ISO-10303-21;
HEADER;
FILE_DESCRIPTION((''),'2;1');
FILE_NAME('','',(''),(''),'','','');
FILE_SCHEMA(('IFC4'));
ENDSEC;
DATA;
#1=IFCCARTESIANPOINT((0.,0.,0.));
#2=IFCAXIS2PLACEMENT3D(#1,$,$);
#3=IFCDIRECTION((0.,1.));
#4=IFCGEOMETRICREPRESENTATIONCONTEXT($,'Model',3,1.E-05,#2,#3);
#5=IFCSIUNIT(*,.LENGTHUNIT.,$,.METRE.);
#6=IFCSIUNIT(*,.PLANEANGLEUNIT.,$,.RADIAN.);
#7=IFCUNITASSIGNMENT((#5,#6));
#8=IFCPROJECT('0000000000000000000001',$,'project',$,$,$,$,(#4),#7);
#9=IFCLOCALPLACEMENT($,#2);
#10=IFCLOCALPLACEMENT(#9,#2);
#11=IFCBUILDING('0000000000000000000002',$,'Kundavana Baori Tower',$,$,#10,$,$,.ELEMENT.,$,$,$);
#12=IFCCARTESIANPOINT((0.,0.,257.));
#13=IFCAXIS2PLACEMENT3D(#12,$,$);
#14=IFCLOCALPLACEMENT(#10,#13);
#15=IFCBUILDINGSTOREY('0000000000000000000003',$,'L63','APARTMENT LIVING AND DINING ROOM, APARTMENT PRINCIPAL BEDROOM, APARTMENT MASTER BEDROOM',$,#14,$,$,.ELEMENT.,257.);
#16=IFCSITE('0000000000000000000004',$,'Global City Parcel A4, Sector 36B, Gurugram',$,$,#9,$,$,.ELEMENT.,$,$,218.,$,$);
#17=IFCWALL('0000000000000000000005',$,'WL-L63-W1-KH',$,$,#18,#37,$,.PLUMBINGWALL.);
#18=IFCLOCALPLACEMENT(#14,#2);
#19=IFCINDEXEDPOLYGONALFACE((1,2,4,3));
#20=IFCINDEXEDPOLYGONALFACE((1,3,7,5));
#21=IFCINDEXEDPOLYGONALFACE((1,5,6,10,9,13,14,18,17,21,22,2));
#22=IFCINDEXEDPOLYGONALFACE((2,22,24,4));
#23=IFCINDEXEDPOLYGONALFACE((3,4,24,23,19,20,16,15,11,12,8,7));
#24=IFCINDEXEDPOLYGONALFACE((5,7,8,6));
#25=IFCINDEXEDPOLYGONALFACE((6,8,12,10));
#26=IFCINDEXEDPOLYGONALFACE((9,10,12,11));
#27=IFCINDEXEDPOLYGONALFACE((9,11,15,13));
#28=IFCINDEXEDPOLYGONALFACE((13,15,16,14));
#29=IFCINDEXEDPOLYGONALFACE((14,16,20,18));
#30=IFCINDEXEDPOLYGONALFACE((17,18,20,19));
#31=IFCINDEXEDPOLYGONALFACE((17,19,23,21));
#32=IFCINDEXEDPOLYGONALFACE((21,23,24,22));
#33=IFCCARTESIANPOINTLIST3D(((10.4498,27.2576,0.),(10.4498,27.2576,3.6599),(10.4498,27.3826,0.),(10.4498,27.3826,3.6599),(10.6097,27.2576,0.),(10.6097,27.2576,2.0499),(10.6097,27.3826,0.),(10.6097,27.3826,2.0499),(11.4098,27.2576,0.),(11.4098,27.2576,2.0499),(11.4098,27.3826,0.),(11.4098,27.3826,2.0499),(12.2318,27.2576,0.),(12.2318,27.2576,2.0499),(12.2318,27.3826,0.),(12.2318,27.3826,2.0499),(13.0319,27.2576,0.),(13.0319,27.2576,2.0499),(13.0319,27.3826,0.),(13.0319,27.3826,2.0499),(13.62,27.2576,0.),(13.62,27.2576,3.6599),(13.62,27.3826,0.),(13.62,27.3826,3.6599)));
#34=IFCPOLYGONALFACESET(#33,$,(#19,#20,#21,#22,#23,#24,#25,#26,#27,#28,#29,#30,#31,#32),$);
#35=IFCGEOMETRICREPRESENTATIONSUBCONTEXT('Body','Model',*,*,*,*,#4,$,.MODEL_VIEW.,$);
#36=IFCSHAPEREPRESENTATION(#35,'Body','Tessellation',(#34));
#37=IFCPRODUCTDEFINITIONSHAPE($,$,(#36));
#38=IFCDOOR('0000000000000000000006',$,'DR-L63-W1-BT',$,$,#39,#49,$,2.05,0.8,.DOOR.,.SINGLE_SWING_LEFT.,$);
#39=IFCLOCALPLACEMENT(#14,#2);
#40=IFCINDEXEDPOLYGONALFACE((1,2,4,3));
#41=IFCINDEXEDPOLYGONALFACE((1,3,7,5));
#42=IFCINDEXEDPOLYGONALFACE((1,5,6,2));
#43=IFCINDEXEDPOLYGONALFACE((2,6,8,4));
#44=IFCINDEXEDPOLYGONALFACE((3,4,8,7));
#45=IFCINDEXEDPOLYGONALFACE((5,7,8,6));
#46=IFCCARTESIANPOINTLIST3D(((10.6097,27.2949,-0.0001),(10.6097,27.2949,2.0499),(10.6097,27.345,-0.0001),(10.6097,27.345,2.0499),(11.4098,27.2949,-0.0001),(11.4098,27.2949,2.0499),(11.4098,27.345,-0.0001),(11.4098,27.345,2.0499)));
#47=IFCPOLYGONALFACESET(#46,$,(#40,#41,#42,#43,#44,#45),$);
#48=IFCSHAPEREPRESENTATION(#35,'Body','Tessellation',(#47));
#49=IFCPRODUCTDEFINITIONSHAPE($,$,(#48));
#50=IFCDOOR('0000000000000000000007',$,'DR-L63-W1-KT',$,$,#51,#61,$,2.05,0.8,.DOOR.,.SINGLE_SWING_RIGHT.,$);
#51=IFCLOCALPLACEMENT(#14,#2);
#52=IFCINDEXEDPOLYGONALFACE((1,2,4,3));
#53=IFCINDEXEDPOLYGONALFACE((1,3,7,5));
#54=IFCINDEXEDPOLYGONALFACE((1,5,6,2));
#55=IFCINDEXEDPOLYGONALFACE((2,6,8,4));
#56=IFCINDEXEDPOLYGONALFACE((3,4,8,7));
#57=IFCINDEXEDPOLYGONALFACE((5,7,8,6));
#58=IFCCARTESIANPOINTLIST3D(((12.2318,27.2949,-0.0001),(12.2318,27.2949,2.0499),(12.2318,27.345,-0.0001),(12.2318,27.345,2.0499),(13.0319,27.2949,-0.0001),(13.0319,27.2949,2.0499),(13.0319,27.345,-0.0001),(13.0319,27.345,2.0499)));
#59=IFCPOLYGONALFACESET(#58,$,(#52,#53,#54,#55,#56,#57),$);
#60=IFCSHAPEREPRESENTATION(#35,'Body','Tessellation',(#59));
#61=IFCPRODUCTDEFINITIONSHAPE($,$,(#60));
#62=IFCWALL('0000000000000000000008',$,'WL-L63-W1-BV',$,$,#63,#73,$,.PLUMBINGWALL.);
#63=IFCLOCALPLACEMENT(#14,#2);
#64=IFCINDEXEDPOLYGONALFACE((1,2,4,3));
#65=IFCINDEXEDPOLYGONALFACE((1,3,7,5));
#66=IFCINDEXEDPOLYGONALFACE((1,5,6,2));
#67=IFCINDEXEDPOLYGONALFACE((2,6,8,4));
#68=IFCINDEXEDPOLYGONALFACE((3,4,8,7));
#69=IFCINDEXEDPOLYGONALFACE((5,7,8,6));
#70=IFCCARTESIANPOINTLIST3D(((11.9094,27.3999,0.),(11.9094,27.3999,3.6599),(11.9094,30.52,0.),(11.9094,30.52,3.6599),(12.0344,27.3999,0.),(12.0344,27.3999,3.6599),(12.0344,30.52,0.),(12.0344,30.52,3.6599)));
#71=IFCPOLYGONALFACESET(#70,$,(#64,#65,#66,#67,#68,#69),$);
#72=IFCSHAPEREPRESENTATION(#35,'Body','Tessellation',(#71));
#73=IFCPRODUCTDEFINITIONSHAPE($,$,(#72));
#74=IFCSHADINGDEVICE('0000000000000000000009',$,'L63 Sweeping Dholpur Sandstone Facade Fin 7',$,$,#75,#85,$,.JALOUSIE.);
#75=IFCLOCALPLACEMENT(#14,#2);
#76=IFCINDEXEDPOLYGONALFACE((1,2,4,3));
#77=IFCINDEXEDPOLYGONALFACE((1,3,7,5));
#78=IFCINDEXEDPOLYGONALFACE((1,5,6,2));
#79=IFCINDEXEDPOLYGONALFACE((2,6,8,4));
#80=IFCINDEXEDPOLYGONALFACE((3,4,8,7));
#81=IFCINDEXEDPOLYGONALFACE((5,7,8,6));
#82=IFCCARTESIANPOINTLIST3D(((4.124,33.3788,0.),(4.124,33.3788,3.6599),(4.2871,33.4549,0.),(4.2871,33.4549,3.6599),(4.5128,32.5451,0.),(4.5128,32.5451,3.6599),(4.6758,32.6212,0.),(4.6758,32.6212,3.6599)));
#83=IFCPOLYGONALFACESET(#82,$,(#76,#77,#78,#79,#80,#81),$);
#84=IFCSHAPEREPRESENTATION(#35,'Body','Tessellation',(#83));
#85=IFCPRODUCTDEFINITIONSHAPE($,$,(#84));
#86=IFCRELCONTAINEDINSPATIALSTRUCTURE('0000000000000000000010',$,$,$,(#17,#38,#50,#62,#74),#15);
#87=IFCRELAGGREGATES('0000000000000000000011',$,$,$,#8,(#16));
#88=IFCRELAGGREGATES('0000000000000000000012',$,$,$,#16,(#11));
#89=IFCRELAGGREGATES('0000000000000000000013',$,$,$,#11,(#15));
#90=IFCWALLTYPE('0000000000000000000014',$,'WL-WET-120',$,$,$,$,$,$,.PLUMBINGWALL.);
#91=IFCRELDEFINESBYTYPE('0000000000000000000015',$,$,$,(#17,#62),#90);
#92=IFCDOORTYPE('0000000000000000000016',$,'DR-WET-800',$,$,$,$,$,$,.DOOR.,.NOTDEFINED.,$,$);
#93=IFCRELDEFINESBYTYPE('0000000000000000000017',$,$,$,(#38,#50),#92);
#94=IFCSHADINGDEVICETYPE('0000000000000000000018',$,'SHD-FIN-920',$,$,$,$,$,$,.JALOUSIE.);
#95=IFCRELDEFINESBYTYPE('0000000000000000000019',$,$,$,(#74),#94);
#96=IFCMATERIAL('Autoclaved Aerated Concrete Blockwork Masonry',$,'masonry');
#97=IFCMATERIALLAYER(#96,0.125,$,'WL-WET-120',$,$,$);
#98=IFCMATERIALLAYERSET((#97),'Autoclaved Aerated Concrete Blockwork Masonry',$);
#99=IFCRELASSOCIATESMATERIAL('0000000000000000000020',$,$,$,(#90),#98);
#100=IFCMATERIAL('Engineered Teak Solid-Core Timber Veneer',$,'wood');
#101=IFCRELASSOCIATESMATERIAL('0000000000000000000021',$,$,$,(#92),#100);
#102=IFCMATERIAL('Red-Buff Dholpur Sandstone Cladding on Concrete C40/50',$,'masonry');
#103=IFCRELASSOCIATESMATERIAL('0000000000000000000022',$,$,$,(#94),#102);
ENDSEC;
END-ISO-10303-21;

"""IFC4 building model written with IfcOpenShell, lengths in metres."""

from ifc_helpers import new_model, si_unit, direction, frame, frame_2d, origin, origin_2d, place, context, subcontext, project, spatial, rectangle, extrude, material, layer, layer_set, type_object, element, fill, save


model = new_model("IFC4")

# Units and contexts
model_context = context("Model", 3, precision=1e-05, world=origin(), true_north=direction((0.0, 1.0)))
body_context = subcontext(model_context, "Body", "Model", "MODEL_VIEW")
ifc_project = project(units=[si_unit("LENGTHUNIT", "METRE"), si_unit("PLANEANGLEUNIT", "RADIAN")], contexts=[model_context])

# Site, building, storey
site_placement = place(None, origin())
site = spatial("IfcSite", under=ifc_project, at=site_placement, Name="Global City Parcel A4, Sector 36B, Gurugram", CompositionType="ELEMENT", RefElevation=218.0)
building_placement = place(site_placement, origin())
building = spatial("IfcBuilding", under=site, at=building_placement, Name="Kundavana Baori Tower", CompositionType="ELEMENT")
storey_placement = place(building_placement, frame((0.0, 0.0, 257.0)))
storey = spatial("IfcBuildingStorey", under=building, at=storey_placement, Name="L63", Description="APARTMENT LIVING AND DINING ROOM, APARTMENT PRINCIPAL BEDROOM, APARTMENT MASTER BEDROOM", CompositionType="ELEMENT", Elevation=257.0)

# Wall, openings, doors
ifc_material_1 = material(Name="Autoclaved Aerated Concrete Blockwork Masonry", Category="masonry")
ifc_layer_1 = layer(ifc_material_1, 0.125, Name="WL-WET-120")
ifc_layer_set_1 = layer_set([ifc_layer_1], Name="Autoclaved Aerated Concrete Blockwork Masonry")
wall_type_1 = type_object("IfcWallType", Name="WL-WET-120", PredefinedType="PLUMBINGWALL", material=ifc_layer_set_1)
wall_1_placement = place(storey_placement, frame((10.45, 27.3201, 0.0), z_axis=(0.0, 0.0, 1.0), x_axis=(1.0, 0.0, 0.0)))
wall_1 = element("IfcWall", 1, at=wall_1_placement, inside=storey, type_object=wall_type_1, Name="WL-L63-W1-KH", PredefinedType="PLUMBINGWALL", context=body_context, shape_type="SweptSolid", body=[
    extrude(rectangle(XDim=3.1702, YDim=0.125, at=frame_2d((1.585, 0.0))), origin(), (0.0, 0.0, 1.0), 3.6599),
])
opening_1_placement = place(wall_1_placement, frame((0.1599, 0.0, 0.0)))
opening_1 = element("IfcOpeningElement", 2, at=opening_1_placement, cuts=wall_1, PredefinedType="OPENING", context=body_context, shape_type="SweptSolid", body=[
    extrude(rectangle(XDim=0.8, YDim=2.05, at=frame_2d((0.3999, 1.0249))), frame((0.0, 0.0725, 0.0), z_axis=(0.0, -1.0, 0.0), x_axis=(1.0, 0.0, 0.0)), (0.0, 0.0, 1.0), 0.145),
])
opening_2_placement = place(wall_1_placement, frame((1.782, 0.0, 0.0)))
opening_2 = element("IfcOpeningElement", 3, at=opening_2_placement, cuts=wall_1, PredefinedType="OPENING", context=body_context, shape_type="SweptSolid", body=[
    extrude(rectangle(XDim=0.8, YDim=2.05, at=frame_2d((0.3999, 1.0249))), frame((0.0, 0.0725, 0.0), z_axis=(0.0, -1.0, 0.0), x_axis=(1.0, 0.0, 0.0)), (0.0, 0.0, 1.0), 0.145),
])
ifc_material_2 = material(Name="Engineered Teak Solid-Core Timber Veneer", Category="wood")
door_type_1 = type_object("IfcDoorType", Name="DR-WET-800", OperationType="NOTDEFINED", PredefinedType="DOOR", material=ifc_material_2)
door_1_placement = place(opening_1_placement, origin())
door_1 = element("IfcDoor", 4, at=door_1_placement, inside=storey, type_object=door_type_1, Name="DR-L63-W1-BT", OperationType="SINGLE_SWING_LEFT", OverallHeight=2.05, OverallWidth=0.8, PredefinedType="DOOR", context=body_context, shape_type="SweptSolid", body=[
    extrude(rectangle(XDim=0.8, YDim=2.05, at=frame_2d((0.3999, 1.0249))), frame((0.0, 0.0249, 0.0), z_axis=(0.0, -1.0, 0.0), x_axis=(1.0, 0.0, 0.0)), (0.0, 0.0, 1.0), 0.05),
])
fill(opening_1, door_1)
door_2_placement = place(opening_2_placement, origin())
door_2 = element("IfcDoor", 5, at=door_2_placement, inside=storey, type_object=door_type_1, Name="DR-L63-W1-KT", OperationType="SINGLE_SWING_RIGHT", OverallHeight=2.05, OverallWidth=0.8, PredefinedType="DOOR", context=body_context, shape_type="SweptSolid", body=[
    extrude(rectangle(XDim=0.8, YDim=2.05, at=frame_2d((0.3999, 1.0249))), frame((0.0, 0.0249, 0.0), z_axis=(0.0, -1.0, 0.0), x_axis=(1.0, 0.0, 0.0)), (0.0, 0.0, 1.0), 0.05),
])
fill(opening_2, door_2)

# Wall
wall_2_placement = place(storey_placement, frame((11.9719, 27.3999, 0.0), z_axis=(0.0, 0.0, 1.0), x_axis=(0.0, 1.0, 0.0)))
element("IfcWall", 6, at=wall_2_placement, inside=storey, type_object=wall_type_1, Name="WL-L63-W1-BV", PredefinedType="PLUMBINGWALL", context=body_context, shape_type="SweptSolid", body=[
    extrude(rectangle(XDim=3.1201, YDim=0.125, at=frame_2d((1.5601, 0.0))), origin(), (0.0, 0.0, 1.0), 3.6599),
])

# Shading device
ifc_material_3 = material(Name="Red-Buff Dholpur Sandstone Cladding on Concrete C40/50", Category="masonry")
shading_device_type = type_object("IfcShadingDeviceType", Name="SHD-FIN-920", PredefinedType="JALOUSIE", material=ifc_material_3)
shading_device_placement = place(storey_placement, frame((4.3999, 33.0, 0.0), z_axis=(0.0, 0.0, 1.0), x_axis=(0.906308, 0.422618, 0.0)))
element("IfcShadingDevice", 7, at=shading_device_placement, inside=storey, type_object=shading_device_type, Name="L63 Sweeping Dholpur Sandstone Facade Fin 7", PredefinedType="JALOUSIE", context=body_context, shape_type="SweptSolid", body=[
    extrude(rectangle(XDim=0.1799, YDim=0.9199, at=origin_2d()), origin(), (0.0, 0.0, 1.0), 3.6599),
])

save(model, "model.ifc")
